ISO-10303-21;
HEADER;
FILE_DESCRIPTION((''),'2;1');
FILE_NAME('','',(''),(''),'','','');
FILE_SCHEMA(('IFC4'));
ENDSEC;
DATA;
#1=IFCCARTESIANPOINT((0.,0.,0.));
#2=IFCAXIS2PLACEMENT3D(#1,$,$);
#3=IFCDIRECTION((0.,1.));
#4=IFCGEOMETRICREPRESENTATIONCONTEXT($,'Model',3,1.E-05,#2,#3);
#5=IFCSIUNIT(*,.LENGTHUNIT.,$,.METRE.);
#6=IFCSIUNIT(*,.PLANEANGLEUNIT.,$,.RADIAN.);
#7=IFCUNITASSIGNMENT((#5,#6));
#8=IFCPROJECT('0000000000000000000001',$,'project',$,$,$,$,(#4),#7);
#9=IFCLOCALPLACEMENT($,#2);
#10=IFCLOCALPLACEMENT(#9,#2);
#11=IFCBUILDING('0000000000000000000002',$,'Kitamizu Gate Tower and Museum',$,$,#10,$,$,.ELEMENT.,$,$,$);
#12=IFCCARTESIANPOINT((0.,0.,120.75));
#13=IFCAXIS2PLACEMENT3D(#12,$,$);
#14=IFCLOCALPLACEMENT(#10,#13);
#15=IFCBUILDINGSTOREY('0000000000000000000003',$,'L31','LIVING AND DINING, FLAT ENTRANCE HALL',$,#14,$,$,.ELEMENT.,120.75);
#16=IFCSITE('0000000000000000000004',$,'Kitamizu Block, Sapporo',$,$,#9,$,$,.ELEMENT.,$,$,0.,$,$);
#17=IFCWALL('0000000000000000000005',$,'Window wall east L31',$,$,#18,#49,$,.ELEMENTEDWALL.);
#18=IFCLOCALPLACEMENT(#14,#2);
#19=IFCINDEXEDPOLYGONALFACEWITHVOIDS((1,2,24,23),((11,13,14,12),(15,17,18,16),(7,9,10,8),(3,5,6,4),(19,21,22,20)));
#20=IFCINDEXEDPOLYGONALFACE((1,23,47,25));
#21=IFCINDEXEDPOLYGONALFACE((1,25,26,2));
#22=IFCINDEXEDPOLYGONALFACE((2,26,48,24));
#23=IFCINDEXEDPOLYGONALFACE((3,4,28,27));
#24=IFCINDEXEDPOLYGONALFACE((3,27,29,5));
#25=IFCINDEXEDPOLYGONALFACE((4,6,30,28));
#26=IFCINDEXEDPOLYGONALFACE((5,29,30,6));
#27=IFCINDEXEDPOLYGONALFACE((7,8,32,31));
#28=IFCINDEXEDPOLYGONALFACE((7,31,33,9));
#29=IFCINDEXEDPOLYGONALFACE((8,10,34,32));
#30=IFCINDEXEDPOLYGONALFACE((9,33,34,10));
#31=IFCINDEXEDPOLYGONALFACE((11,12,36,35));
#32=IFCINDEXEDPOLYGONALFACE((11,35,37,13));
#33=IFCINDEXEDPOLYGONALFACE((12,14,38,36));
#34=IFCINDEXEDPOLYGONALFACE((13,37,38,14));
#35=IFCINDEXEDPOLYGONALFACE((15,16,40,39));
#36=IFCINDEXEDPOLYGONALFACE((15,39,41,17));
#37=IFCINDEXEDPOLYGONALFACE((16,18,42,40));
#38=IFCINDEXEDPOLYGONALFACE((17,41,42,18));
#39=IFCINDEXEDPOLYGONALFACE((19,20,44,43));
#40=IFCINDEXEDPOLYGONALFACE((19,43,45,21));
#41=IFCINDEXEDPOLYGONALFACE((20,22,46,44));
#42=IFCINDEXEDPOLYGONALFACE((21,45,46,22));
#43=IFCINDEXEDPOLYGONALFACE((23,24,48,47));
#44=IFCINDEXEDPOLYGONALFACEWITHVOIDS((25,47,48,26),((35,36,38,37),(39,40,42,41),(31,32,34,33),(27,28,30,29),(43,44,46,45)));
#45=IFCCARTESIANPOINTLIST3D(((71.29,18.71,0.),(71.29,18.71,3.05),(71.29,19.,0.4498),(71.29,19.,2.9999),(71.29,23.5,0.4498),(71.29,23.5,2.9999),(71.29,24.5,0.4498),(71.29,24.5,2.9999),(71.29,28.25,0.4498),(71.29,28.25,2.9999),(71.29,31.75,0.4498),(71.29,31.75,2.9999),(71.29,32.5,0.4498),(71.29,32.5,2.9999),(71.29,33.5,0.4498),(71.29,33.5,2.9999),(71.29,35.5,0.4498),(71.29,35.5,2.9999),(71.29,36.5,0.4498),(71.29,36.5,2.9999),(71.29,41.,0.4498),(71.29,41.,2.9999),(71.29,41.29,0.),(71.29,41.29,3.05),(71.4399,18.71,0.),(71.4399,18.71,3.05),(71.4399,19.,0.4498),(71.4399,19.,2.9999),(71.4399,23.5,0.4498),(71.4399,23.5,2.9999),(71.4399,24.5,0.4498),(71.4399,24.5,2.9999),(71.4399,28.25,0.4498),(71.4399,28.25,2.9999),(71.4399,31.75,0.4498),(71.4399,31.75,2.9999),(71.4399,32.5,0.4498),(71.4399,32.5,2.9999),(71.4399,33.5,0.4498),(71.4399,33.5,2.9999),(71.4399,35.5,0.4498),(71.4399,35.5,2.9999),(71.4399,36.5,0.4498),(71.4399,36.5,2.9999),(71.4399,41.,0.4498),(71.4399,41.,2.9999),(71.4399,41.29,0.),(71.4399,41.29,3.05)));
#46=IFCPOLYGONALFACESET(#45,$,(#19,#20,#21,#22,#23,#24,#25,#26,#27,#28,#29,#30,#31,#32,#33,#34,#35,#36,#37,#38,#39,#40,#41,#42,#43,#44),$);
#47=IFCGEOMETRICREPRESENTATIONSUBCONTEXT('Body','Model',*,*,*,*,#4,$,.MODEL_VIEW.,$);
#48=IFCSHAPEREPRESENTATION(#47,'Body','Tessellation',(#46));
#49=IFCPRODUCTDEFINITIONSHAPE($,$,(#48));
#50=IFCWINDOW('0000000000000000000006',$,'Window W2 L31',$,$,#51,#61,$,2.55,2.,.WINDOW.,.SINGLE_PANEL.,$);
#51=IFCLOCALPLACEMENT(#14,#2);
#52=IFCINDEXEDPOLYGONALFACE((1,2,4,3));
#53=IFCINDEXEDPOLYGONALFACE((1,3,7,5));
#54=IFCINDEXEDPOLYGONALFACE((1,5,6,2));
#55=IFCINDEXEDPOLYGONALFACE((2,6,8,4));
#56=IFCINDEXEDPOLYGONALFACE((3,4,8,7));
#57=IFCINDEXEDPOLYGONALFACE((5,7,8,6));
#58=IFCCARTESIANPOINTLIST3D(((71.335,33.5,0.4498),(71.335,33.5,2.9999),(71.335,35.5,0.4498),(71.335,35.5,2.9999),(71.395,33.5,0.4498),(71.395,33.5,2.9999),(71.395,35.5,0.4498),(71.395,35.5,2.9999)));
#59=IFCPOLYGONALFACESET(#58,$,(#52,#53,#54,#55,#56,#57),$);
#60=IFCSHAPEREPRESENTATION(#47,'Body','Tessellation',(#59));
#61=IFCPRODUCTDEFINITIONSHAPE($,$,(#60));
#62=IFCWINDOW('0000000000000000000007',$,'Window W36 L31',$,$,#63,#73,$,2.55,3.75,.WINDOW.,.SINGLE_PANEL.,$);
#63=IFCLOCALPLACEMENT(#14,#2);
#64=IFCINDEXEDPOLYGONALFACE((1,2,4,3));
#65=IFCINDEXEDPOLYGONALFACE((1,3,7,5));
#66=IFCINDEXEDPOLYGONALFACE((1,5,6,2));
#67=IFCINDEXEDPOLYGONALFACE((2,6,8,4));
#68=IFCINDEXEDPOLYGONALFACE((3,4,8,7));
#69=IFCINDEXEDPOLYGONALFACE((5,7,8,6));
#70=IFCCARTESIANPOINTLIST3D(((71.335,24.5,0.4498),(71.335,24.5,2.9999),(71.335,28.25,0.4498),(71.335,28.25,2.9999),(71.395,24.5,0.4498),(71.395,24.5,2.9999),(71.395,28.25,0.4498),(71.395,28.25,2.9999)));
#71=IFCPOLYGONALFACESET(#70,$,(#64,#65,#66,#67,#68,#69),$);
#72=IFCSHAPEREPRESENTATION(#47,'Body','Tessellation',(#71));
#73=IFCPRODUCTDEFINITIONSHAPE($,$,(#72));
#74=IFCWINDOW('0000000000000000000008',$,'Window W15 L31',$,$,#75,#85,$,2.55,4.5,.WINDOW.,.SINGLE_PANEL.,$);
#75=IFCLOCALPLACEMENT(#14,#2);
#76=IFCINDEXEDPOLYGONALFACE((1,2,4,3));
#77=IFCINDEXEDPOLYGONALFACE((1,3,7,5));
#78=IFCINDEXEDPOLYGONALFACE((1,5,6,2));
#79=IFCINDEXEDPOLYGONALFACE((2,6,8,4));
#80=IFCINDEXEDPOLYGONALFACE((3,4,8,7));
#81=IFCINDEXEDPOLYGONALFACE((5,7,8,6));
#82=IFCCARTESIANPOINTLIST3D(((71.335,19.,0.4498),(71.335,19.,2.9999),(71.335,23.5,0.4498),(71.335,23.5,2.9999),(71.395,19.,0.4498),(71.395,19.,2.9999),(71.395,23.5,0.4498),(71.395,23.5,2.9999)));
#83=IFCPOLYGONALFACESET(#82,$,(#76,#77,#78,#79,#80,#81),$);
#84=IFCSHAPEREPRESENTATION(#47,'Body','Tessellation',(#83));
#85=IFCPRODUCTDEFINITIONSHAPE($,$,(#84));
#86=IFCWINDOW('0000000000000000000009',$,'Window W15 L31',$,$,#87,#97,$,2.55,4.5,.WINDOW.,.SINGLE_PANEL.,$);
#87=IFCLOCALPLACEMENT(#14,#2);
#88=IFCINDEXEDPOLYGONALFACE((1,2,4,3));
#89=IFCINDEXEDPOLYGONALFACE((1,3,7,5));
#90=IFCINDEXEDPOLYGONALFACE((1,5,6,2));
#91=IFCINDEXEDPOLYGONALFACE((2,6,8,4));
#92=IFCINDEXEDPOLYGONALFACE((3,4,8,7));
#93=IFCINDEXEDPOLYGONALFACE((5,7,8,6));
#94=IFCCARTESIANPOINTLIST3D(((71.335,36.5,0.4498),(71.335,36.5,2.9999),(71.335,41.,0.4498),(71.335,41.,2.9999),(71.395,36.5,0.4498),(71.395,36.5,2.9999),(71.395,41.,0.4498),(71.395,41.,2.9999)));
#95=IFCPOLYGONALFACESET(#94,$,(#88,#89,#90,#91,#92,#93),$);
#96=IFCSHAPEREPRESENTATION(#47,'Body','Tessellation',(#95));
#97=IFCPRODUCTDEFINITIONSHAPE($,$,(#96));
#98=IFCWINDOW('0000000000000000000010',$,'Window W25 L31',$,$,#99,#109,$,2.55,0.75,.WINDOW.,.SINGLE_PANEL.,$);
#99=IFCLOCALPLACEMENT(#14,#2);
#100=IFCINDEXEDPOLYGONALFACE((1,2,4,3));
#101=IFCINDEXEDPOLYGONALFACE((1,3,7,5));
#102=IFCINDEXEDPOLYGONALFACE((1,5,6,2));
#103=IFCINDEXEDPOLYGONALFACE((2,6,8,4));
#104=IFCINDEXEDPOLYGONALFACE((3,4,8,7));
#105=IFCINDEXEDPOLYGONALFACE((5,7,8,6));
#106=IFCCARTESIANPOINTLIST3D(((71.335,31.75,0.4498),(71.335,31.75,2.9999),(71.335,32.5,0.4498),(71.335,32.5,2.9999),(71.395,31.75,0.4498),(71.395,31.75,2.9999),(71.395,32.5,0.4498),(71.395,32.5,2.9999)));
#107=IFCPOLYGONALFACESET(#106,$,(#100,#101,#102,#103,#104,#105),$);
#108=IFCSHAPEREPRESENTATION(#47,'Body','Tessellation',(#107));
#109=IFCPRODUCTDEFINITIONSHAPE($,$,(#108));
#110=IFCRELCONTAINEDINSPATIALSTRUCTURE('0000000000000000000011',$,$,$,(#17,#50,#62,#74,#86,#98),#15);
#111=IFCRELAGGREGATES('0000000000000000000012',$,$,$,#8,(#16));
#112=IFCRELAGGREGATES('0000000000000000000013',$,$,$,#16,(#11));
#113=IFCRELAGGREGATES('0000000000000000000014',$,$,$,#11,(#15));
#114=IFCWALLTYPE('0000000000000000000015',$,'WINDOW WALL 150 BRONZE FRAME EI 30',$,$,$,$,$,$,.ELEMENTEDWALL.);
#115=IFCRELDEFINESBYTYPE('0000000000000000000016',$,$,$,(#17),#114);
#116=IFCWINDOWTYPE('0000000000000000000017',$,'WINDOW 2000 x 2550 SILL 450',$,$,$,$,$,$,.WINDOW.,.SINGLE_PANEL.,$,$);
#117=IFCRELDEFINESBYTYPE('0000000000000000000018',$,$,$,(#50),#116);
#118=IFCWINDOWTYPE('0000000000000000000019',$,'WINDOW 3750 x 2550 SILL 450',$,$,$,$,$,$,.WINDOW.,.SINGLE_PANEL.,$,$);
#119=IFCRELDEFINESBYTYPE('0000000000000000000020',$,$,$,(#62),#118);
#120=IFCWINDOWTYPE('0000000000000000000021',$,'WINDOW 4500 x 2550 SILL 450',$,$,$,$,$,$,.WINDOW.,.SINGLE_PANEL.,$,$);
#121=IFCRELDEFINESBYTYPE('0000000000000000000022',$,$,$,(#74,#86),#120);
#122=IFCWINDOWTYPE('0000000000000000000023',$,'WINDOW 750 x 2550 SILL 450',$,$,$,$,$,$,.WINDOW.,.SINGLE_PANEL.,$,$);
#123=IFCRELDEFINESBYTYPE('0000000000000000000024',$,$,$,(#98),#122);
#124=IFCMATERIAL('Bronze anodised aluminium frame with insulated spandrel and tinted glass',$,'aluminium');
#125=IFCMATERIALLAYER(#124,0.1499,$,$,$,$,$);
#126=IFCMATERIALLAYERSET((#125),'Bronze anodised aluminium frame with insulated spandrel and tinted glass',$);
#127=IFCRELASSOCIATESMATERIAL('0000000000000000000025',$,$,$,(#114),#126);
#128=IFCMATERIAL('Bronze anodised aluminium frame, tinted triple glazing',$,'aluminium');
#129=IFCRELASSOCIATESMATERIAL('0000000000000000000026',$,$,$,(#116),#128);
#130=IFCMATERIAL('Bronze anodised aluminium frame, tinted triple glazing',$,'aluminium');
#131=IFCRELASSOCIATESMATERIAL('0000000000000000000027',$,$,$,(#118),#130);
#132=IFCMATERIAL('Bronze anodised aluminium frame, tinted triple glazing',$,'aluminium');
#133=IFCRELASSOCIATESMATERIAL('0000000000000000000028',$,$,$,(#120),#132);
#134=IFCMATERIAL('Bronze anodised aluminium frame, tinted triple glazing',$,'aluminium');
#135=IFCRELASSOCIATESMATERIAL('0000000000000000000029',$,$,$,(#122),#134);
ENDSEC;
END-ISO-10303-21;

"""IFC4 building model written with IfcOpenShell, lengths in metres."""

from ifc_helpers import new_model, si_unit, direction, frame, frame_2d, origin, place, context, subcontext, project, spatial, rectangle, extrude, material, layer, layer_set, type_object, element, fill, save


model = new_model("IFC4")

# Units and contexts
model_context = context("Model", 3, precision=1e-05, world=origin(), true_north=direction((0.0, 1.0)))
body_context = subcontext(model_context, "Body", "Model", "MODEL_VIEW")
ifc_project = project(units=[si_unit("LENGTHUNIT", "METRE"), si_unit("PLANEANGLEUNIT", "RADIAN")], contexts=[model_context])

# Site, building, storey
site_placement = place(None, origin())
site = spatial("IfcSite", under=ifc_project, at=site_placement, Name="Kitamizu Block, Sapporo", CompositionType="ELEMENT", RefElevation=0.0)
building_placement = place(site_placement, origin())
building = spatial("IfcBuilding", under=site, at=building_placement, Name="Kitamizu Gate Tower and Museum", CompositionType="ELEMENT")
storey_placement = place(building_placement, frame((0.0, 0.0, 120.75)))
storey = spatial("IfcBuildingStorey", under=building, at=storey_placement, Name="L31", Description="LIVING AND DINING, FLAT ENTRANCE HALL", CompositionType="ELEMENT", Elevation=120.75)

# Shared definitions
ifc_material_1 = material(Name="Bronze anodised aluminium frame with insulated spandrel and tinted glass", Category="aluminium")
ifc_layer_1 = layer(ifc_material_1, 0.1499)
ifc_layer_set_1 = layer_set([ifc_layer_1], Name="Bronze anodised aluminium frame with insulated spandrel and tinted glass")
wall_type_1 = type_object("IfcWallType", Name="WINDOW WALL 150 BRONZE FRAME EI 30", PredefinedType="ELEMENTEDWALL", material=ifc_layer_set_1)

# Wall, openings, windows
wall_1_placement = place(storey_placement, frame((71.365, 18.71, 0.0), z_axis=(0.0, 0.0, 1.0), x_axis=(0.0, 1.0, 0.0)))
wall_1 = element("IfcWall", 1, at=wall_1_placement, inside=storey, type_object=wall_type_1, Name="Window wall east L31", PredefinedType="ELEMENTEDWALL", context=body_context, shape_type="SweptSolid", body=[
    extrude(rectangle(XDim=22.5801, YDim=0.1499, at=frame_2d((11.29, 0.0))), origin(), (0.0, 0.0, 1.0), 3.05),
])
opening_1_placement = place(wall_1_placement, frame((0.29, 0.0, 0.45)))
opening_1 = element("IfcOpeningElement", 2, at=opening_1_placement, cuts=wall_1, PredefinedType="OPENING", context=body_context, shape_type="SweptSolid", body=[
    extrude(rectangle(XDim=4.5, YDim=2.55, at=frame_2d((2.25, 1.2749))), frame((0.0, 0.085, 0.0), z_axis=(0.0, -1.0, 0.0), x_axis=(1.0, 0.0, 0.0)), (0.0, 0.0, 1.0), 0.1699),
])
opening_2_placement = place(wall_1_placement, frame((5.79, 0.0, 0.45)))
opening_2 = element("IfcOpeningElement", 3, at=opening_2_placement, cuts=wall_1, PredefinedType="OPENING", context=body_context, shape_type="SweptSolid", body=[
    extrude(rectangle(XDim=3.75, YDim=2.55, at=frame_2d((1.875, 1.2749))), frame((0.0, 0.085, 0.0), z_axis=(0.0, -1.0, 0.0), x_axis=(1.0, 0.0, 0.0)), (0.0, 0.0, 1.0), 0.1699),
])
opening_3_placement = place(wall_1_placement, frame((13.04, 0.0, 0.45)))
opening_3 = element("IfcOpeningElement", 4, at=opening_3_placement, cuts=wall_1, PredefinedType="OPENING", context=body_context, shape_type="SweptSolid", body=[
    extrude(rectangle(XDim=0.75, YDim=2.55, at=frame_2d((0.375, 1.2749))), frame((0.0, 0.085, 0.0), z_axis=(0.0, -1.0, 0.0), x_axis=(1.0, 0.0, 0.0)), (0.0, 0.0, 1.0), 0.1699),
])
opening_4_placement = place(wall_1_placement, frame((14.79, 0.0, 0.45)))
opening_4 = element("IfcOpeningElement", 5, at=opening_4_placement, cuts=wall_1, PredefinedType="OPENING", context=body_context, shape_type="SweptSolid", body=[
    extrude(rectangle(XDim=2.0, YDim=2.55, at=frame_2d((1.0, 1.2749))), frame((0.0, 0.085, 0.0), z_axis=(0.0, -1.0, 0.0), x_axis=(1.0, 0.0, 0.0)), (0.0, 0.0, 1.0), 0.1699),
])
opening_5_placement = place(wall_1_placement, frame((17.79, 0.0, 0.45)))
opening_5 = element("IfcOpeningElement", 6, at=opening_5_placement, cuts=wall_1, PredefinedType="OPENING", context=body_context, shape_type="SweptSolid", body=[
    extrude(rectangle(XDim=4.5, YDim=2.55, at=frame_2d((2.25, 1.2749))), frame((0.0, 0.085, 0.0), z_axis=(0.0, -1.0, 0.0), x_axis=(1.0, 0.0, 0.0)), (0.0, 0.0, 1.0), 0.1699),
])
ifc_material_2 = material(Name="Bronze anodised aluminium frame, tinted triple glazing", Category="aluminium")
window_type_1 = type_object("IfcWindowType", Name="WINDOW 2000 x 2550 SILL 450", PartitioningType="SINGLE_PANEL", PredefinedType="WINDOW", material=ifc_material_2)
window_1_placement = place(opening_4_placement, origin())
window_1 = element("IfcWindow", 7, at=window_1_placement, inside=storey, type_object=window_type_1, Name="Window W2 L31", OverallHeight=2.55, OverallWidth=2.0, PartitioningType="SINGLE_PANEL", PredefinedType="WINDOW", context=body_context, shape_type="SweptSolid", body=[
    extrude(rectangle(XDim=2.0, YDim=2.55, at=frame_2d((1.0, 1.2749))), frame((0.0, 0.03, 0.0), z_axis=(0.0, -1.0, 0.0), x_axis=(1.0, 0.0, 0.0)), (0.0, 0.0, 1.0), 0.0601),
])
fill(opening_4, window_1)
ifc_material_3 = material(Name="Bronze anodised aluminium frame, tinted triple glazing", Category="aluminium")
window_type_2 = type_object("IfcWindowType", Name="WINDOW 3750 x 2550 SILL 450", PartitioningType="SINGLE_PANEL", PredefinedType="WINDOW", material=ifc_material_3)
window_2_placement = place(opening_2_placement, origin())
window_2 = element("IfcWindow", 8, at=window_2_placement, inside=storey, type_object=window_type_2, Name="Window W36 L31", OverallHeight=2.55, OverallWidth=3.75, PartitioningType="SINGLE_PANEL", PredefinedType="WINDOW", context=body_context, shape_type="SweptSolid", body=[
    extrude(rectangle(XDim=3.75, YDim=2.55, at=frame_2d((1.875, 1.2749))), frame((0.0, 0.03, 0.0), z_axis=(0.0, -1.0, 0.0), x_axis=(1.0, 0.0, 0.0)), (0.0, 0.0, 1.0), 0.0601),
])
fill(opening_2, window_2)
ifc_material_4 = material(Name="Bronze anodised aluminium frame, tinted triple glazing", Category="aluminium")
window_type_3 = type_object("IfcWindowType", Name="WINDOW 4500 x 2550 SILL 450", PartitioningType="SINGLE_PANEL", PredefinedType="WINDOW", material=ifc_material_4)
window_3_placement = place(opening_1_placement, origin())
window_3 = element("IfcWindow", 9, at=window_3_placement, inside=storey, type_object=window_type_3, Name="Window W15 L31", OverallHeight=2.55, OverallWidth=4.5, PartitioningType="SINGLE_PANEL", PredefinedType="WINDOW", context=body_context, shape_type="SweptSolid", body=[
    extrude(rectangle(XDim=4.5, YDim=2.55, at=frame_2d((2.25, 1.2749))), frame((0.0, 0.03, 0.0), z_axis=(0.0, -1.0, 0.0), x_axis=(1.0, 0.0, 0.0)), (0.0, 0.0, 1.0), 0.0601),
])
fill(opening_1, window_3)
window_4_placement = place(opening_5_placement, origin())
window_4 = element("IfcWindow", 10, at=window_4_placement, inside=storey, type_object=window_type_3, Name="Window W15 L31", OverallHeight=2.55, OverallWidth=4.5, PartitioningType="SINGLE_PANEL", PredefinedType="WINDOW", context=body_context, shape_type="SweptSolid", body=[
    extrude(rectangle(XDim=4.5, YDim=2.55, at=frame_2d((2.25, 1.2749))), frame((0.0, 0.03, 0.0), z_axis=(0.0, -1.0, 0.0), x_axis=(1.0, 0.0, 0.0)), (0.0, 0.0, 1.0), 0.0601),
])
fill(opening_5, window_4)
ifc_material_5 = material(Name="Bronze anodised aluminium frame, tinted triple glazing", Category="aluminium")
window_type_4 = type_object("IfcWindowType", Name="WINDOW 750 x 2550 SILL 450", PartitioningType="SINGLE_PANEL", PredefinedType="WINDOW", material=ifc_material_5)
window_5_placement = place(opening_3_placement, origin())
window_5 = element("IfcWindow", 11, at=window_5_placement, inside=storey, type_object=window_type_4, Name="Window W25 L31", OverallHeight=2.55, OverallWidth=0.75, PartitioningType="SINGLE_PANEL", PredefinedType="WINDOW", context=body_context, shape_type="SweptSolid", body=[
    extrude(rectangle(XDim=0.75, YDim=2.55, at=frame_2d((0.375, 1.2749))), frame((0.0, 0.03, 0.0), z_axis=(0.0, -1.0, 0.0), x_axis=(1.0, 0.0, 0.0)), (0.0, 0.0, 1.0), 0.0601),
])
fill(opening_3, window_5)

save(model, "model.ifc")
